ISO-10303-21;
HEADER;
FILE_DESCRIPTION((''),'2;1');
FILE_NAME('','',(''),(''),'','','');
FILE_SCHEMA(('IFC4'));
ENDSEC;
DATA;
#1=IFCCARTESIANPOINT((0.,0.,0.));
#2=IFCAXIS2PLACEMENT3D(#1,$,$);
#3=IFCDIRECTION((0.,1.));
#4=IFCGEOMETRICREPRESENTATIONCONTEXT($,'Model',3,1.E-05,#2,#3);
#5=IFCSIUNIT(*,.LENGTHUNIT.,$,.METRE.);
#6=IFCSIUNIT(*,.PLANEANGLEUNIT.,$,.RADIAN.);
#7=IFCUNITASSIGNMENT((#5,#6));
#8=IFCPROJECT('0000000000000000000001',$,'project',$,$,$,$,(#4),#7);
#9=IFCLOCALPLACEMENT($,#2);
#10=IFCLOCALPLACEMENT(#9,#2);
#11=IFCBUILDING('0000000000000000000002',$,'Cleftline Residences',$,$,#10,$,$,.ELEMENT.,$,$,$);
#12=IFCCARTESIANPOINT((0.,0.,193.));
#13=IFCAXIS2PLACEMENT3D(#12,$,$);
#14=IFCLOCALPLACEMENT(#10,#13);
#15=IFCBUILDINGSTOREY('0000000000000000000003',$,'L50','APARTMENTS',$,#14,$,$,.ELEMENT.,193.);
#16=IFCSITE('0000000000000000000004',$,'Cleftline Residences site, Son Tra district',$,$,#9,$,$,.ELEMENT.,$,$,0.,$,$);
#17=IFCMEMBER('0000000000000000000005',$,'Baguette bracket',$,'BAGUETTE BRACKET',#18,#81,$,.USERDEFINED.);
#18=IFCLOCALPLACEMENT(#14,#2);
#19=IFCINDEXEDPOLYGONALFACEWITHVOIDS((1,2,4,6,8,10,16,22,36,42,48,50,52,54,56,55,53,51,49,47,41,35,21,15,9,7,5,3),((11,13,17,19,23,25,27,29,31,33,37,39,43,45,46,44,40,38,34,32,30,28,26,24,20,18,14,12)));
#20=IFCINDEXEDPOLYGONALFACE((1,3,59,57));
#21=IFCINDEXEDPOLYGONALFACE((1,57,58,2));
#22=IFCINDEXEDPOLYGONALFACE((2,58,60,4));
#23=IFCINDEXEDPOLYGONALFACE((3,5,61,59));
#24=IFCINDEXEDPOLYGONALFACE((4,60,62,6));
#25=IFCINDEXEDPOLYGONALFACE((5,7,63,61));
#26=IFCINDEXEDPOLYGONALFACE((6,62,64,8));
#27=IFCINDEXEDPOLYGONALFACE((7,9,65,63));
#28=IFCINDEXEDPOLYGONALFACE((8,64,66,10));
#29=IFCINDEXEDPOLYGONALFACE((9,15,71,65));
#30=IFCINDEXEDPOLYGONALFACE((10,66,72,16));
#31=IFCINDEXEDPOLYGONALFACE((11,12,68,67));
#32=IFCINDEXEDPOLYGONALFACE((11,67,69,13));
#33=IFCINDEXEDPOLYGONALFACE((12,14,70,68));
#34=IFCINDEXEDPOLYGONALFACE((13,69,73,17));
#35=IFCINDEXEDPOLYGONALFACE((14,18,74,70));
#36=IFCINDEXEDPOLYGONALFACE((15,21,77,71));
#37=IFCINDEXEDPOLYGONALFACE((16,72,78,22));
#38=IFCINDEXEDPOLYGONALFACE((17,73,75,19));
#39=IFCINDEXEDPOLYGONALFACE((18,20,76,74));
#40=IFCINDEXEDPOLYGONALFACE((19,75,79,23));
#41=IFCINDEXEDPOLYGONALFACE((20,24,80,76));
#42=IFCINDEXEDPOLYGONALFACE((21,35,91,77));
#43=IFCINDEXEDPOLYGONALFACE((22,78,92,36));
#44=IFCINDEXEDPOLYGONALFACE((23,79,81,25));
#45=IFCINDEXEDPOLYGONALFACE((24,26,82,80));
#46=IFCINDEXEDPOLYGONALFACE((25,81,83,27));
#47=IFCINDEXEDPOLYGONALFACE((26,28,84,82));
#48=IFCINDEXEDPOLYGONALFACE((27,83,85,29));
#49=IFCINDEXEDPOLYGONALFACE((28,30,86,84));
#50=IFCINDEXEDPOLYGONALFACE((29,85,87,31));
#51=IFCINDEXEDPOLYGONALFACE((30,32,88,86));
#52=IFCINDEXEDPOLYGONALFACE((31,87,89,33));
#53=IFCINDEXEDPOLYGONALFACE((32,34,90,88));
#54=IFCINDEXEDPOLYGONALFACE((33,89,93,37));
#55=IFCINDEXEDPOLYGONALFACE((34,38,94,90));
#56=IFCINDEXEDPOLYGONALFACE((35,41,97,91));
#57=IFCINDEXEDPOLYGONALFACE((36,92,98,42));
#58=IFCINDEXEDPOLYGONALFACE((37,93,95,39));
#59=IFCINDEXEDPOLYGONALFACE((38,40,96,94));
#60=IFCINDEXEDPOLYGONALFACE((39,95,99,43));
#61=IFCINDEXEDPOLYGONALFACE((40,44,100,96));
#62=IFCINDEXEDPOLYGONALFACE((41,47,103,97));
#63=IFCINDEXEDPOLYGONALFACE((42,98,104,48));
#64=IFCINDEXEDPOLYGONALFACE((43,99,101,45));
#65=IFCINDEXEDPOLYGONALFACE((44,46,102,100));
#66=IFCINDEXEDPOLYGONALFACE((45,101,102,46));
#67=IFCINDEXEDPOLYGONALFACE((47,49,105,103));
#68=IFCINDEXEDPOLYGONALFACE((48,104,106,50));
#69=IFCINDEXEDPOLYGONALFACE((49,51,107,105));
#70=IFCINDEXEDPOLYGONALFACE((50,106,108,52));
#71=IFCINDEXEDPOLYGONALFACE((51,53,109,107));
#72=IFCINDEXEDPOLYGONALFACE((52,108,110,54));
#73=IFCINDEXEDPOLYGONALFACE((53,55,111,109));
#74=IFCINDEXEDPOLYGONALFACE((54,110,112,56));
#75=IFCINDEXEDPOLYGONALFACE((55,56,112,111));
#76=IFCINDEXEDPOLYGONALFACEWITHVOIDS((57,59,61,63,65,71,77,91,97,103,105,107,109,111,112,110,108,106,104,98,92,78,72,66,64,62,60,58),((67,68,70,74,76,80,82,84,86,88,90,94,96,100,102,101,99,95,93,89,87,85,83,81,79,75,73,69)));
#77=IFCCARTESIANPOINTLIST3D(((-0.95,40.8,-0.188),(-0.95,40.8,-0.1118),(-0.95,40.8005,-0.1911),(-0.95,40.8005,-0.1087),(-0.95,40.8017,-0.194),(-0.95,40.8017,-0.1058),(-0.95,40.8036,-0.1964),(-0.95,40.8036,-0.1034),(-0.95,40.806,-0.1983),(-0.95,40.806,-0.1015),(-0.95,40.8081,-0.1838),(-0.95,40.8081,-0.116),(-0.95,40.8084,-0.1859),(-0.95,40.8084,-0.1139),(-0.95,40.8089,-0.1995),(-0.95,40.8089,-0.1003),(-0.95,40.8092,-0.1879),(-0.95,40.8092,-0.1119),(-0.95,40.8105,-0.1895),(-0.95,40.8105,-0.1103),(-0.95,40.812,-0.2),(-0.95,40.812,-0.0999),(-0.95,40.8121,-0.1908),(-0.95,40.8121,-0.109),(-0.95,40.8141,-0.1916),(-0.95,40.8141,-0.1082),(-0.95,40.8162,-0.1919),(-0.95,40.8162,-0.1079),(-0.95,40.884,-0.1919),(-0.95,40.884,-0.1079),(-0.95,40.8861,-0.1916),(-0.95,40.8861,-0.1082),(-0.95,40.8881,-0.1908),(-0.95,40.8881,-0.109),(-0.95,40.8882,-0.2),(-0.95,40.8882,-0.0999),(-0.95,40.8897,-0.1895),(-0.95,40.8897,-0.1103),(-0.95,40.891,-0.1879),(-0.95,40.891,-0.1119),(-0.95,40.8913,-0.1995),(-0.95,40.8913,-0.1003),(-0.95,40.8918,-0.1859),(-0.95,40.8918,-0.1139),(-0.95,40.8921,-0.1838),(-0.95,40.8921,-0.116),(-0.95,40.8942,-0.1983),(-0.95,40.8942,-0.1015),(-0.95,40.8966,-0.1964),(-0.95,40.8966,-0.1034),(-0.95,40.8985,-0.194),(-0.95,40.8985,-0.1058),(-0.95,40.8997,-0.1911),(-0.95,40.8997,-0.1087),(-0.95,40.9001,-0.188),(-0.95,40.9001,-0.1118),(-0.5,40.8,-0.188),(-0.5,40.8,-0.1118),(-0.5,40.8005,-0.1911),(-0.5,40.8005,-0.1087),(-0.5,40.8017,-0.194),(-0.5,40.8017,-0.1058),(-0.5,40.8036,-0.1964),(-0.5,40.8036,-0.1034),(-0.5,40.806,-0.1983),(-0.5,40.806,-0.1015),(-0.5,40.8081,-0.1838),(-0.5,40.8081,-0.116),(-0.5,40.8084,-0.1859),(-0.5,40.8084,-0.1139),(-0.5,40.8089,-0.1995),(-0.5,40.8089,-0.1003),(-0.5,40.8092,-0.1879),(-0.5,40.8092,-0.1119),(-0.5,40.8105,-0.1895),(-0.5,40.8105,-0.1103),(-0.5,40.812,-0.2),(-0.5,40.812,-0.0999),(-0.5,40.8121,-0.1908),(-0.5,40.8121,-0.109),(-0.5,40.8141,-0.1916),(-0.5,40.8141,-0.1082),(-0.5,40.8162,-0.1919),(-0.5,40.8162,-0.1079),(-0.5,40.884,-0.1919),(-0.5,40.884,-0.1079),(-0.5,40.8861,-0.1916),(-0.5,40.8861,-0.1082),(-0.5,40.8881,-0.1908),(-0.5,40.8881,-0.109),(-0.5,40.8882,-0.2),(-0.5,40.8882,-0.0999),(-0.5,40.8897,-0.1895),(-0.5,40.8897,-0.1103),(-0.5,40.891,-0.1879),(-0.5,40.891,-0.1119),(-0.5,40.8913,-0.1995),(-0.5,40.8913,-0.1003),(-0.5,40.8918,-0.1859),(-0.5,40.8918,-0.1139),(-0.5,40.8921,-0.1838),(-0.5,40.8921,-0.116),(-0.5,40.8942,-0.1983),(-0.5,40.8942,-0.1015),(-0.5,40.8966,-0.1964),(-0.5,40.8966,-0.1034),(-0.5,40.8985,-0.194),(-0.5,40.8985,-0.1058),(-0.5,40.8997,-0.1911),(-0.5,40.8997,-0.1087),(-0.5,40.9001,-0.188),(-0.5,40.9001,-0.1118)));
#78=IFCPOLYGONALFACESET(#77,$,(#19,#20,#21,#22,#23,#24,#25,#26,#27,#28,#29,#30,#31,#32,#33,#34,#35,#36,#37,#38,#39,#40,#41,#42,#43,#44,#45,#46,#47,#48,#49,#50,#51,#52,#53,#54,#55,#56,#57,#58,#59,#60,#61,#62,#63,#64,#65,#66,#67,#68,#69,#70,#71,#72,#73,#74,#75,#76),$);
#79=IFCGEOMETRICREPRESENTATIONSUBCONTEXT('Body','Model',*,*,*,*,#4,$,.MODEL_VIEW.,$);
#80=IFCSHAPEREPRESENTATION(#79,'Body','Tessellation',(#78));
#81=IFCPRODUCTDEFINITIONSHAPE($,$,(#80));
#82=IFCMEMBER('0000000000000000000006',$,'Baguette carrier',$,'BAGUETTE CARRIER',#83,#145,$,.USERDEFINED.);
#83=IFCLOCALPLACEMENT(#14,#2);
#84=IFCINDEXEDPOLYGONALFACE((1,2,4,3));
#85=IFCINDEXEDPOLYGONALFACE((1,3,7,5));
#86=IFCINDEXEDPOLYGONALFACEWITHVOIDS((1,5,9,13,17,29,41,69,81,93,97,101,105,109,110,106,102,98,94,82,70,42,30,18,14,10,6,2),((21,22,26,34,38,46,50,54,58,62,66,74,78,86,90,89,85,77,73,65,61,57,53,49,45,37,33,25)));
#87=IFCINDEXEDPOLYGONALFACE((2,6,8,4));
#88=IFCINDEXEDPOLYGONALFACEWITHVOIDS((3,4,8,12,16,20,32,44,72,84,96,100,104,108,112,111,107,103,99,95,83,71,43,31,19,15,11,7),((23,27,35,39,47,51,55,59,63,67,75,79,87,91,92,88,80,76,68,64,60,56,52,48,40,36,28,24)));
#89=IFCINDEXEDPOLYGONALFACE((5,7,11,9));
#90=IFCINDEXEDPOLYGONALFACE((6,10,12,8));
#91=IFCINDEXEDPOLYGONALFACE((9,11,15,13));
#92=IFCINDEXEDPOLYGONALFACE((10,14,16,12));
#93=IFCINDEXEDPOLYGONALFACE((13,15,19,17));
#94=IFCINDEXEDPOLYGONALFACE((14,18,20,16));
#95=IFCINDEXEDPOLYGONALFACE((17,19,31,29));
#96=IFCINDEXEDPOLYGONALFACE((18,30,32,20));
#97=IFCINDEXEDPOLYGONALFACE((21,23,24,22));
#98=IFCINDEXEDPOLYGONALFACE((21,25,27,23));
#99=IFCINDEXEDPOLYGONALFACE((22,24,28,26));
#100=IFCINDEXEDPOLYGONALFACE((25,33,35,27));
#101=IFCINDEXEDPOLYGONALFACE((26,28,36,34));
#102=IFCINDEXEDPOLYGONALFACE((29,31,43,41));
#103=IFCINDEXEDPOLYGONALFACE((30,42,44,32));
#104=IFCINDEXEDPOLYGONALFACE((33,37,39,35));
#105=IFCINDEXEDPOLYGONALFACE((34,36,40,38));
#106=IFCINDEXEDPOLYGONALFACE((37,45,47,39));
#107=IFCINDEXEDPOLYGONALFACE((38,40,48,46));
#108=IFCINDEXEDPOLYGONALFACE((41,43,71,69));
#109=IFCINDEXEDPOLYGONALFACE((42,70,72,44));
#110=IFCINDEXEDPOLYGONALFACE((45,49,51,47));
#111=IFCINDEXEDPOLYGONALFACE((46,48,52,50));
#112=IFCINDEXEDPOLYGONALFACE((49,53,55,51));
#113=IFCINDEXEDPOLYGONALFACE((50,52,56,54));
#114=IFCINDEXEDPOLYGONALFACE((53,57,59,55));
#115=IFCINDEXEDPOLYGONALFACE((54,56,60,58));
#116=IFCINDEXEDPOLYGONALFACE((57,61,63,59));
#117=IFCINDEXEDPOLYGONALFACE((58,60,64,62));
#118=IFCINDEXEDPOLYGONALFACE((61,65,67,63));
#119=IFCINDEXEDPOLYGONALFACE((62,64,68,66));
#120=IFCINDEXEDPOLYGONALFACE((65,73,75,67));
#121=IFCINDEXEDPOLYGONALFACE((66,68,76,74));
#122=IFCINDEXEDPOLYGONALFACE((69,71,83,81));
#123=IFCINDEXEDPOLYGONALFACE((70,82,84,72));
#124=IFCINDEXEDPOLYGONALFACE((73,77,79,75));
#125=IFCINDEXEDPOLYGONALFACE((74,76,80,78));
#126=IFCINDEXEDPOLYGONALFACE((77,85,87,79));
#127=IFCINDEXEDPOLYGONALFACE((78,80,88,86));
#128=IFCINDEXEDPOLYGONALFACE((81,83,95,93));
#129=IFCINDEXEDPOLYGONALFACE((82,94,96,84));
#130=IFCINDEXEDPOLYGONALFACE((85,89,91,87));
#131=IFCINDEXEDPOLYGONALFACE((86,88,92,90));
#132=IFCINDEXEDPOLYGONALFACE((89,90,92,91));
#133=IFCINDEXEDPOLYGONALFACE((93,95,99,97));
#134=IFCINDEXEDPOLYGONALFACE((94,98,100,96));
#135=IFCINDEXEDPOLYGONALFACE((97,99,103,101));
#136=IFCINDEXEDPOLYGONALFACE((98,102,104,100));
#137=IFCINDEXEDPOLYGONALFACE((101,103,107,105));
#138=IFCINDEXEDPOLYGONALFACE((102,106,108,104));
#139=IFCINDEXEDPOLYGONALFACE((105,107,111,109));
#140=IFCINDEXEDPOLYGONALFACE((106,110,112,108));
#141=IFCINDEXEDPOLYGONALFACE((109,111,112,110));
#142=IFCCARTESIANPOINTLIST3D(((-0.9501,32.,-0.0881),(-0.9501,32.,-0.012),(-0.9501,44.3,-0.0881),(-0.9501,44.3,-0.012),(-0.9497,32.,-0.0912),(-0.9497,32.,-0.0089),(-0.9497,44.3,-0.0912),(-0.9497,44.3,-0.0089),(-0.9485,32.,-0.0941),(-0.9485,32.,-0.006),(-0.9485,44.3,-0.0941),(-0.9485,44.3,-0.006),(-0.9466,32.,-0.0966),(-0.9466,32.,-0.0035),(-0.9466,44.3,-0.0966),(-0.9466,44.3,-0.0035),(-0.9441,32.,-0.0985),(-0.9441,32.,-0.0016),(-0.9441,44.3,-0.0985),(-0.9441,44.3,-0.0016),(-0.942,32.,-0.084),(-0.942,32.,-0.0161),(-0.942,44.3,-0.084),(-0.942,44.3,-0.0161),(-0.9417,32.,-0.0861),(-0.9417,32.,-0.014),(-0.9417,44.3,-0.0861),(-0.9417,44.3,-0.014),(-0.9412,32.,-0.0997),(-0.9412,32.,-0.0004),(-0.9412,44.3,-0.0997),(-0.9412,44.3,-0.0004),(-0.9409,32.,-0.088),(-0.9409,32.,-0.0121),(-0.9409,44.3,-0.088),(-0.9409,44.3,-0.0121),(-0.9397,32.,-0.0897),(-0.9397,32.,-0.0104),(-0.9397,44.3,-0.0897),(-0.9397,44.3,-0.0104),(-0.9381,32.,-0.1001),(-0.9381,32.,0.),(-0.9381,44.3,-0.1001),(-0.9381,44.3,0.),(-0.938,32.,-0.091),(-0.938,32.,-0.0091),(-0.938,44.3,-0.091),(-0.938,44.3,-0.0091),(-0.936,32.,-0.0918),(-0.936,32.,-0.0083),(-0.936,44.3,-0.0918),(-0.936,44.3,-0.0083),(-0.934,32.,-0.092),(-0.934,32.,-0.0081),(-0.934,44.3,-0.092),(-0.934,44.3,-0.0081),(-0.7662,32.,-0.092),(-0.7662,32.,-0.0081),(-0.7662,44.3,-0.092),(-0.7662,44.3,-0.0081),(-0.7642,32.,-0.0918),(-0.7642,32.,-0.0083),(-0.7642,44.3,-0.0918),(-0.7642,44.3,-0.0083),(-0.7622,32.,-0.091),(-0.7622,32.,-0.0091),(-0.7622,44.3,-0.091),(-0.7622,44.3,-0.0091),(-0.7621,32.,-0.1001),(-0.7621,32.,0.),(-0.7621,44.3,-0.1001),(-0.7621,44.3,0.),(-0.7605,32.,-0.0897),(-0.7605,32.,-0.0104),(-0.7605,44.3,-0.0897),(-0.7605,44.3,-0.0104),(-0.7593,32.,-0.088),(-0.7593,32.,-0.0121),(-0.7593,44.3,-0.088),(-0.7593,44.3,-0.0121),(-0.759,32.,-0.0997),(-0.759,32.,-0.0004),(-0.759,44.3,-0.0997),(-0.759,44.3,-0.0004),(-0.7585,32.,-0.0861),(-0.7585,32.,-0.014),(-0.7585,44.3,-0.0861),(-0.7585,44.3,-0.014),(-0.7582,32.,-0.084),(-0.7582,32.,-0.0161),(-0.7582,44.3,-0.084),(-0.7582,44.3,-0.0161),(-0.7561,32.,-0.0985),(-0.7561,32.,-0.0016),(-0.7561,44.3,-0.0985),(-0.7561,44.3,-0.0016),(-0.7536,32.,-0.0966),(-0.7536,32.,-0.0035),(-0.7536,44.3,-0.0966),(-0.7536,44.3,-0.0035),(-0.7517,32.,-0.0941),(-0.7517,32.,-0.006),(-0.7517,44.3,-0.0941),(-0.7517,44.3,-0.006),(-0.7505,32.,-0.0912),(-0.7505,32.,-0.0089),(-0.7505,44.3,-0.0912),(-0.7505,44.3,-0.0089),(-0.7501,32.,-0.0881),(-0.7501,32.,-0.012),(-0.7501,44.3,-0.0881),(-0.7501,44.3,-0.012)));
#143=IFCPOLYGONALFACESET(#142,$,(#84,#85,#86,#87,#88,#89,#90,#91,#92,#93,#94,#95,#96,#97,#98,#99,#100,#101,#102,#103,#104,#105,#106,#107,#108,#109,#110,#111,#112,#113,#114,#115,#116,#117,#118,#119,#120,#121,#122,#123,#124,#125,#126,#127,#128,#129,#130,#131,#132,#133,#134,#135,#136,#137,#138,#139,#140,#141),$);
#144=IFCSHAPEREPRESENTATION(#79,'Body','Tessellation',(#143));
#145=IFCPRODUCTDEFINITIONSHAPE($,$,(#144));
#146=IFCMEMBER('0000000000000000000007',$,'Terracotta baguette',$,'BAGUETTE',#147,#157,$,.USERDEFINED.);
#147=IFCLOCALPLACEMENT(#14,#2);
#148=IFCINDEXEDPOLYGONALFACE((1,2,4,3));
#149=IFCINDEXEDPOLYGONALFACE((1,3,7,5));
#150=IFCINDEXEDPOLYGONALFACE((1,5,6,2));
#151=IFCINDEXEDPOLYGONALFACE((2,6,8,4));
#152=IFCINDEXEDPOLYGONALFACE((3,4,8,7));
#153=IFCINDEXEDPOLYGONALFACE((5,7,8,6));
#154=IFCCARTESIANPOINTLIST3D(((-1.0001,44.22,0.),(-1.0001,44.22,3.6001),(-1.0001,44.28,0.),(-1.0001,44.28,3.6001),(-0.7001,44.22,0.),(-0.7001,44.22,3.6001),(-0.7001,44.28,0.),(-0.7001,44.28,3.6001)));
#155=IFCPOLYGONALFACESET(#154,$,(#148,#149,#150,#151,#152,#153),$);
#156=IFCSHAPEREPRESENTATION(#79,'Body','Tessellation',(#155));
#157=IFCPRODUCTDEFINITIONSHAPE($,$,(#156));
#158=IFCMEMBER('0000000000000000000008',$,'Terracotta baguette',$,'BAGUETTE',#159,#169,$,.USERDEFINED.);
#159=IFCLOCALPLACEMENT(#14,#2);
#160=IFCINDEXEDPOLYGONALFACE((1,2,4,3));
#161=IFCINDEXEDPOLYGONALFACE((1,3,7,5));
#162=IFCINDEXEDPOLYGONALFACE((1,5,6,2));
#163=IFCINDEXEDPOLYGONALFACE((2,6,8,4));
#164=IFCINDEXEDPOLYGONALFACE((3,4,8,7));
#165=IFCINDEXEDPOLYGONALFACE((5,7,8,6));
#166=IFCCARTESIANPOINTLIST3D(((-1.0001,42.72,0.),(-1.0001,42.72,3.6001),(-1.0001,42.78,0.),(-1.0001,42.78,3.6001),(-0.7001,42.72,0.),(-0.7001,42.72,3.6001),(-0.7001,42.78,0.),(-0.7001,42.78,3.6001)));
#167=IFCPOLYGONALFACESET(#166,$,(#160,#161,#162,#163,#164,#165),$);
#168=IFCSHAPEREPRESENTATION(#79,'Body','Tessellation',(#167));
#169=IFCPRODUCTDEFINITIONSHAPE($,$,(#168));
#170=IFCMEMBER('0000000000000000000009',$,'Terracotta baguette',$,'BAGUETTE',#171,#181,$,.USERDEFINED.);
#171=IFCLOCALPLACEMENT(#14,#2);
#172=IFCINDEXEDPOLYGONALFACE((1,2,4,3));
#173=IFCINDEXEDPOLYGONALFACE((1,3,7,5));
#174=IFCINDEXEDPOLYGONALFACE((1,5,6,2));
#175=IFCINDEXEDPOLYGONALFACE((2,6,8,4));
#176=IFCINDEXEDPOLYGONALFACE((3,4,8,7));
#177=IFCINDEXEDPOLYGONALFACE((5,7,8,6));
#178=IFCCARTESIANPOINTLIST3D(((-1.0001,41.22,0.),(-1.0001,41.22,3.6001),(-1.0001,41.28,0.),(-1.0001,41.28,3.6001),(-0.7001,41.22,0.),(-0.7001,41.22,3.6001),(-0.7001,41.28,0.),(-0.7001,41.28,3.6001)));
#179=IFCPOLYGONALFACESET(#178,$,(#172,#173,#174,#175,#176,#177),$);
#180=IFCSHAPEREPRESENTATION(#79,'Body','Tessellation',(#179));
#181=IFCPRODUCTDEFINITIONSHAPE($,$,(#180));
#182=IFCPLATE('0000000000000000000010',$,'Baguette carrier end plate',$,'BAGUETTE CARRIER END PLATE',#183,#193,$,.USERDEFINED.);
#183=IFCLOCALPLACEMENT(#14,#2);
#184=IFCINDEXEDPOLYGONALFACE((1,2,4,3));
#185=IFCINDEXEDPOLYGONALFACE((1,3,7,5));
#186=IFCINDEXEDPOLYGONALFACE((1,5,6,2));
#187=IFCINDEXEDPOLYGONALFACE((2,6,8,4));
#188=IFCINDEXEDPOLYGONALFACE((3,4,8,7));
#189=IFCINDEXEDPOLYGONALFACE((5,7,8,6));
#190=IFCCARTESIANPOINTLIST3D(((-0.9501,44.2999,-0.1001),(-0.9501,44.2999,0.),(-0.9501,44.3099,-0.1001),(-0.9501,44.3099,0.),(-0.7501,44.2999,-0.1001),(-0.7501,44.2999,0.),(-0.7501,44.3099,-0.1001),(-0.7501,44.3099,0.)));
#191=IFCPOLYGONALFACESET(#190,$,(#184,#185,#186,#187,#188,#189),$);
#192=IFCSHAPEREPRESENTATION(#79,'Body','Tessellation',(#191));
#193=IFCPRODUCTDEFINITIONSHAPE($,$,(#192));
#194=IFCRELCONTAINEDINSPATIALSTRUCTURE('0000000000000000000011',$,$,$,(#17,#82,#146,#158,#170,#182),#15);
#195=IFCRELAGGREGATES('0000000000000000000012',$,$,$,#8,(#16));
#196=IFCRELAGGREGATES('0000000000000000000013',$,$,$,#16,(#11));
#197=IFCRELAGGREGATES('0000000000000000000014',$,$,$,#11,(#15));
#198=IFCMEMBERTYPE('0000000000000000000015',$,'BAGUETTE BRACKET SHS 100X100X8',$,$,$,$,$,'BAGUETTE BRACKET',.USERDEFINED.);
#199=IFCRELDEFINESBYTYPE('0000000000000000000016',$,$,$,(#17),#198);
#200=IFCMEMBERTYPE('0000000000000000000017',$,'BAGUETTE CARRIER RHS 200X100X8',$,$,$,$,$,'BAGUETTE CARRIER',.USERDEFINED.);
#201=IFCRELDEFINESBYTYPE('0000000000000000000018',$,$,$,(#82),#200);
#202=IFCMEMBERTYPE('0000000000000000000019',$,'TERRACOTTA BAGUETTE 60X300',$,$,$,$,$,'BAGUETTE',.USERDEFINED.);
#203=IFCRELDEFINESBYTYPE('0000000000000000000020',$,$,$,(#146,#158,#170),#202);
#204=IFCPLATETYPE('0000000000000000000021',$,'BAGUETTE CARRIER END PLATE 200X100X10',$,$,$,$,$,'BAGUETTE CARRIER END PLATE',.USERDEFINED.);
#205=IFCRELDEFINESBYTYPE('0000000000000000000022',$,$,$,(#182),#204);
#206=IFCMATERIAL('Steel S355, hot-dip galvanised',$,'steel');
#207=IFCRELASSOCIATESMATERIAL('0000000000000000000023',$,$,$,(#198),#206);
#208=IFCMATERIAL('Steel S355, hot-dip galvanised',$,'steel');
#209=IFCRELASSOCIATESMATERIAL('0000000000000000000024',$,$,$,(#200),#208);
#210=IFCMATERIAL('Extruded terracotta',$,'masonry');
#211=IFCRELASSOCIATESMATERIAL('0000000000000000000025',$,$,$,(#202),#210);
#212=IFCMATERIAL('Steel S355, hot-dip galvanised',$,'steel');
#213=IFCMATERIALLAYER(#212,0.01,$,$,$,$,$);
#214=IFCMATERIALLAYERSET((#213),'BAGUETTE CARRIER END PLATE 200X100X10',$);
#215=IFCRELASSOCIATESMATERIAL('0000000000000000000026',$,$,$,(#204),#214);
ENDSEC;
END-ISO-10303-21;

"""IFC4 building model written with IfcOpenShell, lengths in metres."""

from ifc_helpers import new_model, si_unit, direction, frame, origin, origin_2d, place, context, subcontext, project, spatial, rectangle, hollow_rectangle, extrude, material, layer, layer_set, material_profile, profile_set, type_object, element, save


model = new_model("IFC4")

# Units and contexts
model_context = context("Model", 3, precision=1e-05, world=origin(), true_north=direction((0.0, 1.0)))
body_context = subcontext(model_context, "Body", "Model", "MODEL_VIEW")
ifc_project = project(units=[si_unit("LENGTHUNIT", "METRE"), si_unit("PLANEANGLEUNIT", "RADIAN")], contexts=[model_context])

# Site, building, storey
site_placement = place(None, origin())
site = spatial("IfcSite", under=ifc_project, at=site_placement, Name="Cleftline Residences site, Son Tra district", CompositionType="ELEMENT", RefElevation=0.0)
building_placement = place(site_placement, origin())
building = spatial("IfcBuilding", under=site, at=building_placement, Name="Cleftline Residences", CompositionType="ELEMENT")
storey_placement = place(building_placement, frame((0.0, 0.0, 193.0)))
storey = spatial("IfcBuildingStorey", under=building, at=storey_placement, Name="L50", Description="APARTMENTS", CompositionType="ELEMENT", Elevation=193.0)

# Members
ifc_material_1 = material(Name="Steel S355, hot-dip galvanised", Category="steel")
ifc_material_profile_1 = material_profile(ifc_material_1, hollow_rectangle(XDim=0.1001, YDim=0.1001, WallThickness=0.0081, InnerFilletRadius=0.0081, OuterFilletRadius=0.012, at=origin_2d()))
ifc_profile_set_1 = profile_set([ifc_material_profile_1], Name="Steel S355, hot-dip galvanised")
member_type_1 = type_object("IfcMemberType", Name="BAGUETTE BRACKET SHS 100X100X8", ElementType="BAGUETTE BRACKET", PredefinedType="USERDEFINED", material=ifc_profile_set_1)
member_1_placement = place(storey_placement, frame((-0.5, 40.8501, -0.1499), z_axis=(-1.0, 0.0, 0.0), x_axis=(0.0, -1.0, 0.0)))
element("IfcMember", 1, at=member_1_placement, inside=storey, type_object=member_type_1, Name="Baguette bracket", ObjectType="BAGUETTE BRACKET", PredefinedType="USERDEFINED", context=body_context, shape_type="SweptSolid", body=[
    extrude(hollow_rectangle(XDim=0.1001, YDim=0.1001, WallThickness=0.0081, InnerFilletRadius=0.0081, OuterFilletRadius=0.012, at=origin_2d()), origin(), (0.0, 0.0, 1.0), 0.45),
])
ifc_material_2 = material(Name="Steel S355, hot-dip galvanised", Category="steel")
ifc_material_profile_2 = material_profile(ifc_material_2, hollow_rectangle(XDim=0.1001, YDim=0.2, WallThickness=0.0081, InnerFilletRadius=0.0081, OuterFilletRadius=0.012, at=origin_2d()))
ifc_profile_set_2 = profile_set([ifc_material_profile_2], Name="Steel S355, hot-dip galvanised")
member_type_2 = type_object("IfcMemberType", Name="BAGUETTE CARRIER RHS 200X100X8", ElementType="BAGUETTE CARRIER", PredefinedType="USERDEFINED", material=ifc_profile_set_2)
member_2_placement = place(storey_placement, frame((-0.8501, 44.3, -0.05), z_axis=(0.0, -1.0, 0.0), x_axis=(0.0, 0.0, 1.0)))
element("IfcMember", 2, at=member_2_placement, inside=storey, type_object=member_type_2, Name="Baguette carrier", ObjectType="BAGUETTE CARRIER", PredefinedType="USERDEFINED", context=body_context, shape_type="SweptSolid", body=[
    extrude(hollow_rectangle(XDim=0.1001, YDim=0.2, WallThickness=0.0081, InnerFilletRadius=0.0081, OuterFilletRadius=0.012, at=origin_2d()), origin(), (0.0, 0.0, 1.0), 12.3),
])
ifc_material_3 = material(Name="Extruded terracotta", Category="masonry")
ifc_material_profile_3 = material_profile(ifc_material_3, rectangle(XDim=0.0601, YDim=0.3, at=origin_2d()))
ifc_profile_set_3 = profile_set([ifc_material_profile_3], Name="Extruded terracotta")
member_type_3 = type_object("IfcMemberType", Name="TERRACOTTA BAGUETTE 60X300", ElementType="BAGUETTE", PredefinedType="USERDEFINED", material=ifc_profile_set_3)
for number, where, z_axis, x_axis, name in (
    (3, (-0.8501, 44.25, 0.0), (0.0, 0.0, 1.0), (0.0, 1.0, 0.0), "Terracotta baguette"),
    (4, (-0.8501, 42.75, 0.0), (0.0, 0.0, 1.0), (0.0, 1.0, 0.0), "Terracotta baguette"),
    (5, (-0.8501, 41.25, 0.0), (0.0, 0.0, 1.0), (0.0, 1.0, 0.0), "Terracotta baguette"),
):
    element("IfcMember", number, at=place(storey_placement, frame(where, z_axis=z_axis, x_axis=x_axis)), inside=storey, type_object=member_type_3, Name=name, ObjectType="BAGUETTE", PredefinedType="USERDEFINED", context=body_context, shape_type="SweptSolid", body=[
        extrude(rectangle(XDim=0.0601, YDim=0.3, at=origin_2d()), origin(), (0.0, 0.0, 1.0), 3.6001),
    ])

# Plate
ifc_material_4 = material(Name="Steel S355, hot-dip galvanised", Category="steel")
ifc_layer_1 = layer(ifc_material_4, 0.01)
ifc_layer_set_1 = layer_set([ifc_layer_1], Name="BAGUETTE CARRIER END PLATE 200X100X10")
plate_type = type_object("IfcPlateType", Name="BAGUETTE CARRIER END PLATE 200X100X10", ElementType="BAGUETTE CARRIER END PLATE", PredefinedType="USERDEFINED", material=ifc_layer_set_1)
plate_placement = place(storey_placement, frame((-0.8501, 44.3049, -0.1001), z_axis=(0.0, 0.0, 1.0), x_axis=(-1.0, 0.0, 0.0)))
element("IfcPlate", 6, at=plate_placement, inside=storey, type_object=plate_type, Name="Baguette carrier end plate", ObjectType="BAGUETTE CARRIER END PLATE", PredefinedType="USERDEFINED", context=body_context, shape_type="SweptSolid", body=[
    extrude(rectangle(XDim=0.2, YDim=0.01, at=origin_2d()), origin(), (0.0, 0.0, 1.0), 0.1001),
])

save(model, "model.ifc")
